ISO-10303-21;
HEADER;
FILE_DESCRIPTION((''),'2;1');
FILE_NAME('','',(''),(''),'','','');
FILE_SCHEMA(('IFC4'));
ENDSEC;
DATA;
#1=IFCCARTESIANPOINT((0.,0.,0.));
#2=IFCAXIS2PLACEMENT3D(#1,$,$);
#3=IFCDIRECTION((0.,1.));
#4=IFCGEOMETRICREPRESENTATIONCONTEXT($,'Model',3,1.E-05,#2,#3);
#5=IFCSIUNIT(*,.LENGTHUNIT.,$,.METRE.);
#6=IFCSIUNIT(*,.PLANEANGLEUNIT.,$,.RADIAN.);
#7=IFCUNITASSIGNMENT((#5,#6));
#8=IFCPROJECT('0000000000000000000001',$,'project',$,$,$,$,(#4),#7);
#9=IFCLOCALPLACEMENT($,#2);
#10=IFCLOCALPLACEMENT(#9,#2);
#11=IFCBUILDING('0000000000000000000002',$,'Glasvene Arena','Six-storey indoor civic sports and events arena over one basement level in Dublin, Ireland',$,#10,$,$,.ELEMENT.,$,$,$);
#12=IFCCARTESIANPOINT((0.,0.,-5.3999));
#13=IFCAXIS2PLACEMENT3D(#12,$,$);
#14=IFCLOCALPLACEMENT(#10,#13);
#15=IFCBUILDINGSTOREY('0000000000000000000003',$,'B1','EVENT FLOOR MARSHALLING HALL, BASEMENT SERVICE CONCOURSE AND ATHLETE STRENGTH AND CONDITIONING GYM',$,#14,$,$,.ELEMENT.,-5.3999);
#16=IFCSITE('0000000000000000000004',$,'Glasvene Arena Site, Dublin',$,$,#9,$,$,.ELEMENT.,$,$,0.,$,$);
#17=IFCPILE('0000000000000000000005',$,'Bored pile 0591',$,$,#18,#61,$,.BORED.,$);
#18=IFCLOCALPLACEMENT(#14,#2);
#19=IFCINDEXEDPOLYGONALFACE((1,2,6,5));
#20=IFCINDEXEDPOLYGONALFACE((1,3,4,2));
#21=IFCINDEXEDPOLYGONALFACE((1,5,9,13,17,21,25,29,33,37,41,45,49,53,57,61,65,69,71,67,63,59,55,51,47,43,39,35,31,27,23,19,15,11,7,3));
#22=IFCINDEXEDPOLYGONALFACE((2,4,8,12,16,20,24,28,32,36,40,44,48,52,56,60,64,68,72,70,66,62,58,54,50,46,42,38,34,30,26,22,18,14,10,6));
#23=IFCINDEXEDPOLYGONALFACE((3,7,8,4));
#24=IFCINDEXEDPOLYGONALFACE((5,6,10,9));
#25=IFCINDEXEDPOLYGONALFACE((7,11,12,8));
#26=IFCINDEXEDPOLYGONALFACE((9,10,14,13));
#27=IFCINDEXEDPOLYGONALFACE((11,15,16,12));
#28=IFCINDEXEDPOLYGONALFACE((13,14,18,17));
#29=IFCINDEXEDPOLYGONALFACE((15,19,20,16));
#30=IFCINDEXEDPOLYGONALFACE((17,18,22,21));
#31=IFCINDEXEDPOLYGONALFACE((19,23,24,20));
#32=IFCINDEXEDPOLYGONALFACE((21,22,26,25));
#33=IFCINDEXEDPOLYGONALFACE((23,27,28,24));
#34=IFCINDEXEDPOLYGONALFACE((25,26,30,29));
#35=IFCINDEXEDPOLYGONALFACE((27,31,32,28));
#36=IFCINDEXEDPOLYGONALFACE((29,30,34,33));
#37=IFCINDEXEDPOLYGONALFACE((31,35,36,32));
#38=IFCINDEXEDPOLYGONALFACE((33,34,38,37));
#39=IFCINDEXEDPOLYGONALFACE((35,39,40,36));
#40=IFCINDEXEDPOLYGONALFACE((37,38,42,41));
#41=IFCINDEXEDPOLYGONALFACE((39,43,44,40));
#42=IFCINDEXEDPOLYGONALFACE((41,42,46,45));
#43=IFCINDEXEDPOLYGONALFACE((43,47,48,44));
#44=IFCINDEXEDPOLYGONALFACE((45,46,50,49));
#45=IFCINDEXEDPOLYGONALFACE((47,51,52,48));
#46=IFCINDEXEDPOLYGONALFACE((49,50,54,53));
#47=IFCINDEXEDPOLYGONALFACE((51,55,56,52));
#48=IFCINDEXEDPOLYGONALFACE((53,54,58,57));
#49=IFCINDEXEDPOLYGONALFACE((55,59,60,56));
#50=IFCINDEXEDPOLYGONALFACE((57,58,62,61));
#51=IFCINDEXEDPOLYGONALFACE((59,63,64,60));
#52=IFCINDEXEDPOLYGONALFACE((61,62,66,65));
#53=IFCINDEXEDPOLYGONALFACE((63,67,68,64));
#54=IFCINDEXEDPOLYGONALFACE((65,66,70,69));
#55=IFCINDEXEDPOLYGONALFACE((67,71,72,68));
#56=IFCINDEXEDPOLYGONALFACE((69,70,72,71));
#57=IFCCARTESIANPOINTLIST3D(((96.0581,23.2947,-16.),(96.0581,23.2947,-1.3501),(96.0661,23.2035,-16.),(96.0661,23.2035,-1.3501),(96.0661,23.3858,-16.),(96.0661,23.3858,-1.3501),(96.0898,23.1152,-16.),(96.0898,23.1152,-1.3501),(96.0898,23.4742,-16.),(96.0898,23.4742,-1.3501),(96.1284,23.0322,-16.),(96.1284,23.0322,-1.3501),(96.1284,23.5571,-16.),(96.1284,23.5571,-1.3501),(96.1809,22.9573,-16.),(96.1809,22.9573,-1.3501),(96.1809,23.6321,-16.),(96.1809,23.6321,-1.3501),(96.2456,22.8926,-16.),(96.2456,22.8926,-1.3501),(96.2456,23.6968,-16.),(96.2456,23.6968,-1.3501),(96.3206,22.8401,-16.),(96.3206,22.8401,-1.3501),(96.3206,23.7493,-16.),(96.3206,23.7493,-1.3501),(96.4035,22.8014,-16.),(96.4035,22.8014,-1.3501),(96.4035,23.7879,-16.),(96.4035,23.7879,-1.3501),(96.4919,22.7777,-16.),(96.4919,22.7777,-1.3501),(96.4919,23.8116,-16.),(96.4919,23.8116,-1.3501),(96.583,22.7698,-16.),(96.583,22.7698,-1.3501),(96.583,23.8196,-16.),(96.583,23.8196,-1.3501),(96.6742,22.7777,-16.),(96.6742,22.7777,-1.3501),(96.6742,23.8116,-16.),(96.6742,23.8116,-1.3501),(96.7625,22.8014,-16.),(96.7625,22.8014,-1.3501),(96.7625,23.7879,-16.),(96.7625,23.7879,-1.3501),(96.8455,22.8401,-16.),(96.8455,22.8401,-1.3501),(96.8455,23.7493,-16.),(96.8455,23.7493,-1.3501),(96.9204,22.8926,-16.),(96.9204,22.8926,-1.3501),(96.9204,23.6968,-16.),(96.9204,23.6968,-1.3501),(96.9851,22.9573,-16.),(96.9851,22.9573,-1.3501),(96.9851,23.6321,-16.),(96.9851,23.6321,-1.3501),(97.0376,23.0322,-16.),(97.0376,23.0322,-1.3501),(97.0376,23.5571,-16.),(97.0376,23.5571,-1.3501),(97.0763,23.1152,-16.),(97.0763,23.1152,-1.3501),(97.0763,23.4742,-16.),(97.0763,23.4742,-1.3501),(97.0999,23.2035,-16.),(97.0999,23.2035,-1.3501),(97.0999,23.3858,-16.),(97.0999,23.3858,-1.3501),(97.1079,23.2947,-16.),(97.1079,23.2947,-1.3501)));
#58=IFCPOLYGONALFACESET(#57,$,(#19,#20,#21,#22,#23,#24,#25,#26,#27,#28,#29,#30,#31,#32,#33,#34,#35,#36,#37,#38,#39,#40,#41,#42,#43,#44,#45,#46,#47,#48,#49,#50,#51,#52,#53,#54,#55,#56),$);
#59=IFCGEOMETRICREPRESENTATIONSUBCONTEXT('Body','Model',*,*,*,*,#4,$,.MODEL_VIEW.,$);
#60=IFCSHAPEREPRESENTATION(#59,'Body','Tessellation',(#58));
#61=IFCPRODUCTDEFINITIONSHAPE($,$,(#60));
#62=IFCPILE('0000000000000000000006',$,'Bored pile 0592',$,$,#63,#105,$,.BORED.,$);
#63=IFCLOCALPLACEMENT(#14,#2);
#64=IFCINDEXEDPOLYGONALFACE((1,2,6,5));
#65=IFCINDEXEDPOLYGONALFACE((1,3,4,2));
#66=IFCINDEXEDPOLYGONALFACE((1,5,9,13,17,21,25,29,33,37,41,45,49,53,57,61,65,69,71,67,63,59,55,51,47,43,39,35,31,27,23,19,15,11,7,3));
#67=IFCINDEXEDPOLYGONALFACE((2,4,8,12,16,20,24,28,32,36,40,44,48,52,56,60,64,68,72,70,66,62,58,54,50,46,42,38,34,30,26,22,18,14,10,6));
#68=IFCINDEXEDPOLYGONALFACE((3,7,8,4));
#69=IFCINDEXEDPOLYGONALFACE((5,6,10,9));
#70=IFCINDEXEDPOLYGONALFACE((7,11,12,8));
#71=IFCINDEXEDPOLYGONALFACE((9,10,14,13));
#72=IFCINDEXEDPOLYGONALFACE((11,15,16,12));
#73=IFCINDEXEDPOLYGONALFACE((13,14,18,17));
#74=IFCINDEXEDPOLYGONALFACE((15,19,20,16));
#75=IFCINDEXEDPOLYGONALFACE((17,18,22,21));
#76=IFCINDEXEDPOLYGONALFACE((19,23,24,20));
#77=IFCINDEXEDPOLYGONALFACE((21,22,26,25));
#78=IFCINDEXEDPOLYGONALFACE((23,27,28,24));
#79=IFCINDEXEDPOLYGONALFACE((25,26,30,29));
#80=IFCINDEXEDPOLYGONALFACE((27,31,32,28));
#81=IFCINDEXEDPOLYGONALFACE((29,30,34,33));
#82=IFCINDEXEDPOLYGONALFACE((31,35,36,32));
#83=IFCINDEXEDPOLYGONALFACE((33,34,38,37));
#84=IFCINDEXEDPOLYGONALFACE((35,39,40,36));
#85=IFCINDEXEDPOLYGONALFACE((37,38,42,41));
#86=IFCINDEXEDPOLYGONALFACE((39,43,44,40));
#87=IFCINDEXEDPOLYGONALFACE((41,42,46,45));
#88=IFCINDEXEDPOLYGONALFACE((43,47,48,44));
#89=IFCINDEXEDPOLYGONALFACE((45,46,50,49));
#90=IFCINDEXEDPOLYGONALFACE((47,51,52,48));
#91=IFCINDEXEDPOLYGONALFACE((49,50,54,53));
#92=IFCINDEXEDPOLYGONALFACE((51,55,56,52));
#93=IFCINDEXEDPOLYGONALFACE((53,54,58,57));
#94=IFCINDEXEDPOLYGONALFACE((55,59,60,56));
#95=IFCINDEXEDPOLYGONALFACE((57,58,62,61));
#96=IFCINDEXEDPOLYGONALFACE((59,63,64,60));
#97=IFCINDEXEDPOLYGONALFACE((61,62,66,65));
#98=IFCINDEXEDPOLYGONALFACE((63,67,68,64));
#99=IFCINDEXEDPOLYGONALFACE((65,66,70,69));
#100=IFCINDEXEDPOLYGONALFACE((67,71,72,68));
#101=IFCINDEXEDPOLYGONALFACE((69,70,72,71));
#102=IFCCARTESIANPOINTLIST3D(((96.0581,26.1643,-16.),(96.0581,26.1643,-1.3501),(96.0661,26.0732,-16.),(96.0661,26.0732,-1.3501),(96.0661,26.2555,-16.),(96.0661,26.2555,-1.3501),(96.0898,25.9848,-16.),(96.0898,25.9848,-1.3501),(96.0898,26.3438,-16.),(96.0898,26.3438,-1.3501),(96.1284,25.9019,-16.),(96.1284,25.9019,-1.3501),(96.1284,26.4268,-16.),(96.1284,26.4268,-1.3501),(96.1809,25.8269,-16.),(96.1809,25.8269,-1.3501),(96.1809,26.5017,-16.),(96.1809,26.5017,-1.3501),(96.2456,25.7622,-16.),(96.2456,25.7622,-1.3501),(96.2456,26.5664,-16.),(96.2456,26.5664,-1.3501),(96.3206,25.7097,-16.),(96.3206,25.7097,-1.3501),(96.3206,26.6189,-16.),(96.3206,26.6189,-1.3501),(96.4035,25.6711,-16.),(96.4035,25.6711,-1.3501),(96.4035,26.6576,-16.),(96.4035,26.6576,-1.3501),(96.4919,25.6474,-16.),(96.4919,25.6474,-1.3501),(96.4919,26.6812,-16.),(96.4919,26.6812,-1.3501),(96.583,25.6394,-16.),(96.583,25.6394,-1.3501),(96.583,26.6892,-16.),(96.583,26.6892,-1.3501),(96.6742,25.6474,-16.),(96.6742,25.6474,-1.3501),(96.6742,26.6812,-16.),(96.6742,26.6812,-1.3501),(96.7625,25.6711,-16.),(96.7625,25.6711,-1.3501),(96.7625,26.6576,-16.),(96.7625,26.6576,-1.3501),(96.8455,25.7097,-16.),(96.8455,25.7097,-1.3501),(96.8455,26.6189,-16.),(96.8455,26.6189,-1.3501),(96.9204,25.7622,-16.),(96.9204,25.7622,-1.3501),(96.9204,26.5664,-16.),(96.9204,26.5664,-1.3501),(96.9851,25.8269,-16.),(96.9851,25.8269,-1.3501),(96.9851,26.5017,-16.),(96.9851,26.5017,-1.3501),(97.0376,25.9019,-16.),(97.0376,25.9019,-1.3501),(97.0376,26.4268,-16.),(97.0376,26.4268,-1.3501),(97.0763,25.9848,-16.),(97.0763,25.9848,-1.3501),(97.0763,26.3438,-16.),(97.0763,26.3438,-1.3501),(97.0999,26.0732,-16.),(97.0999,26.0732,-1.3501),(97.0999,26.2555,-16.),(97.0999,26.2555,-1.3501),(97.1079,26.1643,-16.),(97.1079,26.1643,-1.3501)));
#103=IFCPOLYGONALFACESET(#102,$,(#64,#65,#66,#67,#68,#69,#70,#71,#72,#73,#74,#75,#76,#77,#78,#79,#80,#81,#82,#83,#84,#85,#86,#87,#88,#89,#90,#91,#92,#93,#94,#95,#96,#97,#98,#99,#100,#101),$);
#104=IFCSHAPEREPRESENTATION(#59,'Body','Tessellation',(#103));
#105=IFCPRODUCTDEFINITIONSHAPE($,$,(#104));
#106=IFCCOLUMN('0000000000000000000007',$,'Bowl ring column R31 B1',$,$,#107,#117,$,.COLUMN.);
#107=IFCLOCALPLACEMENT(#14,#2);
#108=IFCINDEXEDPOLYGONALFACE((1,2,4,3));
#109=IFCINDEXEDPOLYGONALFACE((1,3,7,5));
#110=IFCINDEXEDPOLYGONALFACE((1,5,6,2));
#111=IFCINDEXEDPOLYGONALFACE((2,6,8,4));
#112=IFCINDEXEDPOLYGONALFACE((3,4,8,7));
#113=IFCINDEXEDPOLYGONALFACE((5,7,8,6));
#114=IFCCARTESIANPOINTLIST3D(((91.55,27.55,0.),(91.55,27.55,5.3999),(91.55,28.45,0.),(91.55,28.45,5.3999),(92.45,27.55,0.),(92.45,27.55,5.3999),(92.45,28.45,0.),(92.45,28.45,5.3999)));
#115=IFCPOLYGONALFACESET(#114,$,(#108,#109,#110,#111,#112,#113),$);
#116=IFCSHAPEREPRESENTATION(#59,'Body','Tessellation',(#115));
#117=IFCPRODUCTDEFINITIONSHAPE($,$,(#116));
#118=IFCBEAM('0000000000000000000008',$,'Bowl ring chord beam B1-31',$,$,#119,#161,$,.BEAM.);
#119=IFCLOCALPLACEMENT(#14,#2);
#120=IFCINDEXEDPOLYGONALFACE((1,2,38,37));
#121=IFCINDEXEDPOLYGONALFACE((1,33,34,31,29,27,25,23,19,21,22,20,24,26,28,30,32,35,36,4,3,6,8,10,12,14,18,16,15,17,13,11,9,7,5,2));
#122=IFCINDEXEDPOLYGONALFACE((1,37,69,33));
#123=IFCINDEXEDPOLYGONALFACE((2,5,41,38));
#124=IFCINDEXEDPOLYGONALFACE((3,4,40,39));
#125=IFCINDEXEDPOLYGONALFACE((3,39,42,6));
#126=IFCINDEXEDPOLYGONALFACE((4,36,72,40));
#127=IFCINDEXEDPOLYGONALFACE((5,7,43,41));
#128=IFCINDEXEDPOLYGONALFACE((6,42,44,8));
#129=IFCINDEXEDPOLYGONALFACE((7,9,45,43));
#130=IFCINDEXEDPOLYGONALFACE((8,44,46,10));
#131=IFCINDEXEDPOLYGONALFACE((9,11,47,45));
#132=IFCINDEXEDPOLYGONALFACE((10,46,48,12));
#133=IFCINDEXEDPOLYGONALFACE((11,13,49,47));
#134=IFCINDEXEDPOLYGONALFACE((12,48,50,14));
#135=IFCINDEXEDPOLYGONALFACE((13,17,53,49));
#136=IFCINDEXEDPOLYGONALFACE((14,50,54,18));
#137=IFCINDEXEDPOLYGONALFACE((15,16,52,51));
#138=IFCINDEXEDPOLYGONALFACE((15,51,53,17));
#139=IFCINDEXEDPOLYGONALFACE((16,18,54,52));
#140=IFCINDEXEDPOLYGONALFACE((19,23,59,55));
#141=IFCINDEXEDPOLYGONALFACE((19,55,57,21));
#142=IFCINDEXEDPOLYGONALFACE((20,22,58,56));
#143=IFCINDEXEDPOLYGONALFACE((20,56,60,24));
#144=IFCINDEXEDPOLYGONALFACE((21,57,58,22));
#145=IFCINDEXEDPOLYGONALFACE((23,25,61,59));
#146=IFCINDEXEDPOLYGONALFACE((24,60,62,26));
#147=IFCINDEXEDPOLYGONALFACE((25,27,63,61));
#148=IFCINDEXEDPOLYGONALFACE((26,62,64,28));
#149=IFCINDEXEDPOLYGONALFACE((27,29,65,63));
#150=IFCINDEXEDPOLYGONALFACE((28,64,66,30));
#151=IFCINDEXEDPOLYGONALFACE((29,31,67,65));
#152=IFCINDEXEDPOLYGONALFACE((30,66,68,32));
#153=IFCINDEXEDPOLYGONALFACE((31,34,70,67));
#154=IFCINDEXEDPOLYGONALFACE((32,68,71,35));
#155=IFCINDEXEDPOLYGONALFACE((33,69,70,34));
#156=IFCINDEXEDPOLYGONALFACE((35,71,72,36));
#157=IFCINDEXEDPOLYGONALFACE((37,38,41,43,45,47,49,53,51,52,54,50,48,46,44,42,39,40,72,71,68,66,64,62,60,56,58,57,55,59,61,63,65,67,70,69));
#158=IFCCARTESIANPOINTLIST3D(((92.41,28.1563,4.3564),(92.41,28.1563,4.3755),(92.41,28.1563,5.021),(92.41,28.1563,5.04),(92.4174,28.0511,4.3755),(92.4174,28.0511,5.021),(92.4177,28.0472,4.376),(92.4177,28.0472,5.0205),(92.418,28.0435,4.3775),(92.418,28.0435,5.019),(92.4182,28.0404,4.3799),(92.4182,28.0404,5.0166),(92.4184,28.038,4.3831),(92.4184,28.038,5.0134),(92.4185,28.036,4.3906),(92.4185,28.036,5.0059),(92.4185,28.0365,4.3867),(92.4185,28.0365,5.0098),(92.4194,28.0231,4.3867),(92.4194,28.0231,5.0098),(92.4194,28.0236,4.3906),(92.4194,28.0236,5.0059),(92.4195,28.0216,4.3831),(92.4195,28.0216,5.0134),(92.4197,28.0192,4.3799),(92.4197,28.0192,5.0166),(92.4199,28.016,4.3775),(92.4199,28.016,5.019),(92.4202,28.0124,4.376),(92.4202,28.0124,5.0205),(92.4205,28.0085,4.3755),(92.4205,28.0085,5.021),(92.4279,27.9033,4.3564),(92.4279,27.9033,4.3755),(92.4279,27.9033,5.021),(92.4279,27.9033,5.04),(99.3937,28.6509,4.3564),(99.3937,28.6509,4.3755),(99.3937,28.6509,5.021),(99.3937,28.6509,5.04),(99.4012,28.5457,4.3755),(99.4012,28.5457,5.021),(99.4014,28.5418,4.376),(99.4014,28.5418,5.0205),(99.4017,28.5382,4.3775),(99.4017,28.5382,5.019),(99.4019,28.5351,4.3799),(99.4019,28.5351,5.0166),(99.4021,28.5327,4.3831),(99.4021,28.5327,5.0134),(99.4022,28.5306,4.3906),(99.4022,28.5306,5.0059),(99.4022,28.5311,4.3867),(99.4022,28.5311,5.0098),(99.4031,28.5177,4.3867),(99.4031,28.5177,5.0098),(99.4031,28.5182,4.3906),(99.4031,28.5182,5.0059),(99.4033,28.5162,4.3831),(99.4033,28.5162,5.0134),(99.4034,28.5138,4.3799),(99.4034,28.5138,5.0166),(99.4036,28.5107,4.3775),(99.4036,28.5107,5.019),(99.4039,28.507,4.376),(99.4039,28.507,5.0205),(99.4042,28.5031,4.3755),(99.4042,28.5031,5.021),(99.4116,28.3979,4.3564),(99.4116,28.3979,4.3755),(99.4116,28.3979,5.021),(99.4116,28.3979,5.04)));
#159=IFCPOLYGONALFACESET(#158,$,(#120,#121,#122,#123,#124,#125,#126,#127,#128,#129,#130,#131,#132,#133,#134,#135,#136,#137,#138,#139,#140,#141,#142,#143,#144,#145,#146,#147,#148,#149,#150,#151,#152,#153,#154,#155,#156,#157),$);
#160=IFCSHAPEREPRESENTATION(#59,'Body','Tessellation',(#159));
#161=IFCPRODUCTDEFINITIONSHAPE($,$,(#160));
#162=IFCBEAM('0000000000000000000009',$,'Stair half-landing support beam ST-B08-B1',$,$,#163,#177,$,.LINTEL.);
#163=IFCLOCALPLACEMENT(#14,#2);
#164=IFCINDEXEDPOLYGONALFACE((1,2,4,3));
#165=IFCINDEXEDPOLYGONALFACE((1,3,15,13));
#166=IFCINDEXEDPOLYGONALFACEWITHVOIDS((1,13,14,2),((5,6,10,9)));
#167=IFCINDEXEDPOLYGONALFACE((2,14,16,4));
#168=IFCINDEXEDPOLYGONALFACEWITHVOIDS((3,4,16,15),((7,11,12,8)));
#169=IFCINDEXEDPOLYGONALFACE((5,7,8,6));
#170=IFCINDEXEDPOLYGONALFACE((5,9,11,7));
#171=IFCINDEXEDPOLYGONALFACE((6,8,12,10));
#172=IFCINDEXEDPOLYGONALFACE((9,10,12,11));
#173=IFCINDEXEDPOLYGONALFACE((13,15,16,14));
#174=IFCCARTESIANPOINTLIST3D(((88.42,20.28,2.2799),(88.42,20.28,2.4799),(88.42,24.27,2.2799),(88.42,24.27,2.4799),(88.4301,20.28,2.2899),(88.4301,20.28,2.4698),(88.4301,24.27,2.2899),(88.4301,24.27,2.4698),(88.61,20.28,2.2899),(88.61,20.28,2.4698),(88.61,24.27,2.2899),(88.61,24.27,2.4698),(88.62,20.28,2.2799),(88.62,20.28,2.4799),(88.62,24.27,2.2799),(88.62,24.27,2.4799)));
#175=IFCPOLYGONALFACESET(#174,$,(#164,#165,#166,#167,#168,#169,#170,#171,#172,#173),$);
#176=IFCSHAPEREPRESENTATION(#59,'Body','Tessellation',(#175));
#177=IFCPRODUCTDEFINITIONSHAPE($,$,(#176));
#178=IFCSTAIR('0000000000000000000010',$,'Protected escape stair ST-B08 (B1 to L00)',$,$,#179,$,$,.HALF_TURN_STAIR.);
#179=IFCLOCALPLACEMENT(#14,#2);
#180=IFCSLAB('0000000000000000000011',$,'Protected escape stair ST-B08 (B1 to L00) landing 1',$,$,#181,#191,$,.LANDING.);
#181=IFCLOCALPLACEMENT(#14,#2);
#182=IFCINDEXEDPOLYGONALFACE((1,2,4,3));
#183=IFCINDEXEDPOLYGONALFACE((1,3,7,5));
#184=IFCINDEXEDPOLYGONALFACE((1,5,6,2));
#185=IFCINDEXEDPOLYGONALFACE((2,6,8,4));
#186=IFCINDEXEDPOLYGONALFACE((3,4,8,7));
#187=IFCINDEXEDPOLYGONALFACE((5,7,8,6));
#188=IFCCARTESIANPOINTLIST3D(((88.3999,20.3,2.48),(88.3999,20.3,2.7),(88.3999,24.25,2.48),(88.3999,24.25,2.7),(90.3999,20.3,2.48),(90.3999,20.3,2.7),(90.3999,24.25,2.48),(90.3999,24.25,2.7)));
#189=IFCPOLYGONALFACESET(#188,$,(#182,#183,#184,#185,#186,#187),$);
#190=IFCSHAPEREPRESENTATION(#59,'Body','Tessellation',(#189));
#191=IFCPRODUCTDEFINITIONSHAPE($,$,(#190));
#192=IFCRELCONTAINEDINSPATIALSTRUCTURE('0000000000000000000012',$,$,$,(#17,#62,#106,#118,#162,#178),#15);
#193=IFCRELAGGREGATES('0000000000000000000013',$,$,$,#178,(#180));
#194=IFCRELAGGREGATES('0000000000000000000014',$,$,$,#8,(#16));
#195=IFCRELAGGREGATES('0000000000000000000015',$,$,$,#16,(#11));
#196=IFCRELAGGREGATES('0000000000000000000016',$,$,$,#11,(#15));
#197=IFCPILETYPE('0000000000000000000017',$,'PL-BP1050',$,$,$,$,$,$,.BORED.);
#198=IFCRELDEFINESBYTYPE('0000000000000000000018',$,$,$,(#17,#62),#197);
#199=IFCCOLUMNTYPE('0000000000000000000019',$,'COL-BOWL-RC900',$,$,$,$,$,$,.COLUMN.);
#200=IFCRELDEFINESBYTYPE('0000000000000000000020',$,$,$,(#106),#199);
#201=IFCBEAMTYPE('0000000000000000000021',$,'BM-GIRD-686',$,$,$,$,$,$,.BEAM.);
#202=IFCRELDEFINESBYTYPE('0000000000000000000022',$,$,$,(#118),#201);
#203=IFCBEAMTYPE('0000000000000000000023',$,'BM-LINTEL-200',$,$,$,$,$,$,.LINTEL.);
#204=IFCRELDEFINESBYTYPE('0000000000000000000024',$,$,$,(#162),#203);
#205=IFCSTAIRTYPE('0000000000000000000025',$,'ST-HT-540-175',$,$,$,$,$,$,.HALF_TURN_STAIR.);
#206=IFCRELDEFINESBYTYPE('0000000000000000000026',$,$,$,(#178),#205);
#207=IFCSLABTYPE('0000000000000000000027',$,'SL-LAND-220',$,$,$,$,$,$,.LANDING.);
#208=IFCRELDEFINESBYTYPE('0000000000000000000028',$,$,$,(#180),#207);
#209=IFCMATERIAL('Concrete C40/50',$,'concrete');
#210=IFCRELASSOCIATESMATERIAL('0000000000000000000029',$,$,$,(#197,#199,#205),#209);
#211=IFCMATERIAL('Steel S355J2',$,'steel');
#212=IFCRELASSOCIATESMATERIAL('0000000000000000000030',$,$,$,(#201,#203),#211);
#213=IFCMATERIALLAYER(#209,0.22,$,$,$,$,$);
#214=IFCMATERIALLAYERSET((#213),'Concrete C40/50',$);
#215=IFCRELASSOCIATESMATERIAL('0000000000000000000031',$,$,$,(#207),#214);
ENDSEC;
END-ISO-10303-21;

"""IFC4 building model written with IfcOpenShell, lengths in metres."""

from ifc_helpers import new_model, si_unit, direction, frame, origin, origin_2d, place, context, subcontext, project, spatial, polyline, rectangle, hollow_rectangle, circle, i_section, outline, extrude, material, layer, layer_set, material_profile, profile_set, type_object, element, aggregate, save


model = new_model("IFC4")

# Units and contexts
model_context = context("Model", 3, precision=1e-05, world=origin(), true_north=direction((0.0, 1.0)))
body_context = subcontext(model_context, "Body", "Model", "MODEL_VIEW")
ifc_project = project(units=[si_unit("LENGTHUNIT", "METRE"), si_unit("PLANEANGLEUNIT", "RADIAN")], contexts=[model_context])

# Site, building, storey
site_placement = place(None, origin())
site = spatial("IfcSite", under=ifc_project, at=site_placement, Name="Glasvene Arena Site, Dublin", CompositionType="ELEMENT", RefElevation=0.0)
building_placement = place(site_placement, origin())
building = spatial("IfcBuilding", under=site, at=building_placement, Name="Glasvene Arena", Description="Six-storey indoor civic sports and events arena over one basement level in Dublin, Ireland", CompositionType="ELEMENT")
storey_placement = place(building_placement, frame((0.0, 0.0, -5.3999)))
storey = spatial("IfcBuildingStorey", under=building, at=storey_placement, Name="B1", Description="EVENT FLOOR MARSHALLING HALL, BASEMENT SERVICE CONCOURSE AND ATHLETE STRENGTH AND CONDITIONING GYM", CompositionType="ELEMENT", Elevation=-5.3999)

# Piles
ifc_material_1 = material(Name="Concrete C40/50", Category="concrete")
ifc_material_profile_1 = material_profile(ifc_material_1, circle(Radius=0.5249, at=origin_2d()), Name="BORED PILE 1050")
ifc_profile_set_1 = profile_set([ifc_material_profile_1], Name="Concrete C40/50")
pile_type = type_object("IfcPileType", Name="PL-BP1050", PredefinedType="BORED", material=ifc_profile_set_1)
for number, where, z_axis, x_axis, name in (
    (1, (96.583, 23.2947, -1.3501), (0.0, 0.0, -1.0), (1.0, 0.0, 0.0), "Bored pile 0591"),
    (2, (96.583, 26.1643, -1.3501), (0.0, 0.0, -1.0), (1.0, 0.0, 0.0), "Bored pile 0592"),
):
    element("IfcPile", number, at=place(storey_placement, frame(where, z_axis=z_axis, x_axis=x_axis)), inside=storey, type_object=pile_type, Name=name, PredefinedType="BORED", context=body_context, shape_type="SweptSolid", body=[
        extrude(circle(Radius=0.5249, at=origin_2d()), origin(), (0.0, 0.0, 1.0), 14.6499),
    ])

# Column
ifc_material_profile_2 = material_profile(ifc_material_1, rectangle(XDim=0.8999, YDim=0.8999, at=origin_2d()), Name="RC 900x900")
ifc_profile_set_2 = profile_set([ifc_material_profile_2], Name="Concrete C40/50")
column_type = type_object("IfcColumnType", Name="COL-BOWL-RC900", PredefinedType="COLUMN", material=ifc_profile_set_2)
column_placement = place(storey_placement, frame((92.0, 28.0, 0.0), z_axis=(0.0, 0.0, 1.0), x_axis=(1.0, 0.0, 0.0)))
element("IfcColumn", 3, at=column_placement, inside=storey, type_object=column_type, Name="Bowl ring column R31 B1", PredefinedType="COLUMN", context=body_context, shape_type="SweptSolid", body=[
    extrude(rectangle(XDim=0.8999, YDim=0.8999, at=origin_2d()), origin(), (0.0, 0.0, 1.0), 5.3999),
])

# Beams
ifc_material_2 = material(Name="Steel S355J2", Category="steel")
ifc_material_profile_3 = material_profile(ifc_material_2, i_section(OverallWidth=0.2537, OverallDepth=0.6836, WebThickness=0.0125, FlangeThickness=0.019, FilletRadius=0.0151, at=origin_2d()), Name="UKB 686x254x140")
ifc_profile_set_3 = profile_set([ifc_material_profile_3], Name="Steel S355J2")
beam_type_1 = type_object("IfcBeamType", Name="BM-GIRD-686", PredefinedType="BEAM", material=ifc_profile_set_3)
beam_1_placement = place(storey_placement, frame((92.4189, 28.0298, 4.6982), z_axis=(0.997501, 0.07065, 0.0), x_axis=(-0.07065, 0.997501, 0.0)))
element("IfcBeam", 4, at=beam_1_placement, inside=storey, type_object=beam_type_1, Name="Bowl ring chord beam B1-31", PredefinedType="BEAM", context=body_context, shape_type="SweptSolid", body=[
    extrude(i_section(OverallWidth=0.2537, OverallDepth=0.6836, WebThickness=0.0125, FlangeThickness=0.019, FilletRadius=0.0151, at=origin_2d()), origin(), (0.0, 0.0, 1.0), 7.0012),
])
ifc_material_profile_4 = material_profile(ifc_material_2, hollow_rectangle(XDim=0.2, YDim=0.2, WallThickness=0.01, at=origin_2d()), Name="SHS 200x200x10.0")
ifc_profile_set_4 = profile_set([ifc_material_profile_4], Name="Steel S355J2")
beam_type_2 = type_object("IfcBeamType", Name="BM-LINTEL-200", PredefinedType="LINTEL", material=ifc_profile_set_4)
beam_2_placement = place(storey_placement, frame((88.52, 20.28, 2.3799), z_axis=(0.0, 1.0, 0.0), x_axis=(-1.0, 0.0, 0.0)))
element("IfcBeam", 5, at=beam_2_placement, inside=storey, type_object=beam_type_2, Name="Stair half-landing support beam ST-B08-B1", PredefinedType="LINTEL", context=body_context, shape_type="SweptSolid", body=[
    extrude(hollow_rectangle(XDim=0.2, YDim=0.2, WallThickness=0.01, at=origin_2d()), origin(), (0.0, 0.0, 1.0), 3.99),
])

# Stair, slab
stair_type = type_object("IfcStairType", Name="ST-HT-540-175", PredefinedType="HALF_TURN_STAIR", material=ifc_material_1)
stair_placement = place(storey_placement, origin())
stair = element("IfcStair", 6, at=stair_placement, inside=storey, type_object=stair_type, Name="Protected escape stair ST-B08 (B1 to L00)", PredefinedType="HALF_TURN_STAIR")
ifc_layer_1 = layer(ifc_material_1, 0.22)
ifc_layer_set_1 = layer_set([ifc_layer_1], Name="Concrete C40/50")
slab_type = type_object("IfcSlabType", Name="SL-LAND-220", PredefinedType="LANDING", material=ifc_layer_set_1)
slab_placement = place(storey_placement, frame((89.3999, 22.2749, 2.48)))
slab = element("IfcSlab", 7, at=slab_placement, type_object=slab_type, Name="Protected escape stair ST-B08 (B1 to L00) landing 1", PredefinedType="LANDING", context=body_context, shape_type="SweptSolid", body=[
    extrude(outline(polyline([(-1.0, -1.9749), (1.0, -1.9749), (1.0, 1.9751), (-1.0, 1.9751), (-1.0, -1.9749)])), origin(), (0.0, 0.0, 1.0), 0.22),
])

aggregate(stair, [slab])

save(model, "model.ifc")
